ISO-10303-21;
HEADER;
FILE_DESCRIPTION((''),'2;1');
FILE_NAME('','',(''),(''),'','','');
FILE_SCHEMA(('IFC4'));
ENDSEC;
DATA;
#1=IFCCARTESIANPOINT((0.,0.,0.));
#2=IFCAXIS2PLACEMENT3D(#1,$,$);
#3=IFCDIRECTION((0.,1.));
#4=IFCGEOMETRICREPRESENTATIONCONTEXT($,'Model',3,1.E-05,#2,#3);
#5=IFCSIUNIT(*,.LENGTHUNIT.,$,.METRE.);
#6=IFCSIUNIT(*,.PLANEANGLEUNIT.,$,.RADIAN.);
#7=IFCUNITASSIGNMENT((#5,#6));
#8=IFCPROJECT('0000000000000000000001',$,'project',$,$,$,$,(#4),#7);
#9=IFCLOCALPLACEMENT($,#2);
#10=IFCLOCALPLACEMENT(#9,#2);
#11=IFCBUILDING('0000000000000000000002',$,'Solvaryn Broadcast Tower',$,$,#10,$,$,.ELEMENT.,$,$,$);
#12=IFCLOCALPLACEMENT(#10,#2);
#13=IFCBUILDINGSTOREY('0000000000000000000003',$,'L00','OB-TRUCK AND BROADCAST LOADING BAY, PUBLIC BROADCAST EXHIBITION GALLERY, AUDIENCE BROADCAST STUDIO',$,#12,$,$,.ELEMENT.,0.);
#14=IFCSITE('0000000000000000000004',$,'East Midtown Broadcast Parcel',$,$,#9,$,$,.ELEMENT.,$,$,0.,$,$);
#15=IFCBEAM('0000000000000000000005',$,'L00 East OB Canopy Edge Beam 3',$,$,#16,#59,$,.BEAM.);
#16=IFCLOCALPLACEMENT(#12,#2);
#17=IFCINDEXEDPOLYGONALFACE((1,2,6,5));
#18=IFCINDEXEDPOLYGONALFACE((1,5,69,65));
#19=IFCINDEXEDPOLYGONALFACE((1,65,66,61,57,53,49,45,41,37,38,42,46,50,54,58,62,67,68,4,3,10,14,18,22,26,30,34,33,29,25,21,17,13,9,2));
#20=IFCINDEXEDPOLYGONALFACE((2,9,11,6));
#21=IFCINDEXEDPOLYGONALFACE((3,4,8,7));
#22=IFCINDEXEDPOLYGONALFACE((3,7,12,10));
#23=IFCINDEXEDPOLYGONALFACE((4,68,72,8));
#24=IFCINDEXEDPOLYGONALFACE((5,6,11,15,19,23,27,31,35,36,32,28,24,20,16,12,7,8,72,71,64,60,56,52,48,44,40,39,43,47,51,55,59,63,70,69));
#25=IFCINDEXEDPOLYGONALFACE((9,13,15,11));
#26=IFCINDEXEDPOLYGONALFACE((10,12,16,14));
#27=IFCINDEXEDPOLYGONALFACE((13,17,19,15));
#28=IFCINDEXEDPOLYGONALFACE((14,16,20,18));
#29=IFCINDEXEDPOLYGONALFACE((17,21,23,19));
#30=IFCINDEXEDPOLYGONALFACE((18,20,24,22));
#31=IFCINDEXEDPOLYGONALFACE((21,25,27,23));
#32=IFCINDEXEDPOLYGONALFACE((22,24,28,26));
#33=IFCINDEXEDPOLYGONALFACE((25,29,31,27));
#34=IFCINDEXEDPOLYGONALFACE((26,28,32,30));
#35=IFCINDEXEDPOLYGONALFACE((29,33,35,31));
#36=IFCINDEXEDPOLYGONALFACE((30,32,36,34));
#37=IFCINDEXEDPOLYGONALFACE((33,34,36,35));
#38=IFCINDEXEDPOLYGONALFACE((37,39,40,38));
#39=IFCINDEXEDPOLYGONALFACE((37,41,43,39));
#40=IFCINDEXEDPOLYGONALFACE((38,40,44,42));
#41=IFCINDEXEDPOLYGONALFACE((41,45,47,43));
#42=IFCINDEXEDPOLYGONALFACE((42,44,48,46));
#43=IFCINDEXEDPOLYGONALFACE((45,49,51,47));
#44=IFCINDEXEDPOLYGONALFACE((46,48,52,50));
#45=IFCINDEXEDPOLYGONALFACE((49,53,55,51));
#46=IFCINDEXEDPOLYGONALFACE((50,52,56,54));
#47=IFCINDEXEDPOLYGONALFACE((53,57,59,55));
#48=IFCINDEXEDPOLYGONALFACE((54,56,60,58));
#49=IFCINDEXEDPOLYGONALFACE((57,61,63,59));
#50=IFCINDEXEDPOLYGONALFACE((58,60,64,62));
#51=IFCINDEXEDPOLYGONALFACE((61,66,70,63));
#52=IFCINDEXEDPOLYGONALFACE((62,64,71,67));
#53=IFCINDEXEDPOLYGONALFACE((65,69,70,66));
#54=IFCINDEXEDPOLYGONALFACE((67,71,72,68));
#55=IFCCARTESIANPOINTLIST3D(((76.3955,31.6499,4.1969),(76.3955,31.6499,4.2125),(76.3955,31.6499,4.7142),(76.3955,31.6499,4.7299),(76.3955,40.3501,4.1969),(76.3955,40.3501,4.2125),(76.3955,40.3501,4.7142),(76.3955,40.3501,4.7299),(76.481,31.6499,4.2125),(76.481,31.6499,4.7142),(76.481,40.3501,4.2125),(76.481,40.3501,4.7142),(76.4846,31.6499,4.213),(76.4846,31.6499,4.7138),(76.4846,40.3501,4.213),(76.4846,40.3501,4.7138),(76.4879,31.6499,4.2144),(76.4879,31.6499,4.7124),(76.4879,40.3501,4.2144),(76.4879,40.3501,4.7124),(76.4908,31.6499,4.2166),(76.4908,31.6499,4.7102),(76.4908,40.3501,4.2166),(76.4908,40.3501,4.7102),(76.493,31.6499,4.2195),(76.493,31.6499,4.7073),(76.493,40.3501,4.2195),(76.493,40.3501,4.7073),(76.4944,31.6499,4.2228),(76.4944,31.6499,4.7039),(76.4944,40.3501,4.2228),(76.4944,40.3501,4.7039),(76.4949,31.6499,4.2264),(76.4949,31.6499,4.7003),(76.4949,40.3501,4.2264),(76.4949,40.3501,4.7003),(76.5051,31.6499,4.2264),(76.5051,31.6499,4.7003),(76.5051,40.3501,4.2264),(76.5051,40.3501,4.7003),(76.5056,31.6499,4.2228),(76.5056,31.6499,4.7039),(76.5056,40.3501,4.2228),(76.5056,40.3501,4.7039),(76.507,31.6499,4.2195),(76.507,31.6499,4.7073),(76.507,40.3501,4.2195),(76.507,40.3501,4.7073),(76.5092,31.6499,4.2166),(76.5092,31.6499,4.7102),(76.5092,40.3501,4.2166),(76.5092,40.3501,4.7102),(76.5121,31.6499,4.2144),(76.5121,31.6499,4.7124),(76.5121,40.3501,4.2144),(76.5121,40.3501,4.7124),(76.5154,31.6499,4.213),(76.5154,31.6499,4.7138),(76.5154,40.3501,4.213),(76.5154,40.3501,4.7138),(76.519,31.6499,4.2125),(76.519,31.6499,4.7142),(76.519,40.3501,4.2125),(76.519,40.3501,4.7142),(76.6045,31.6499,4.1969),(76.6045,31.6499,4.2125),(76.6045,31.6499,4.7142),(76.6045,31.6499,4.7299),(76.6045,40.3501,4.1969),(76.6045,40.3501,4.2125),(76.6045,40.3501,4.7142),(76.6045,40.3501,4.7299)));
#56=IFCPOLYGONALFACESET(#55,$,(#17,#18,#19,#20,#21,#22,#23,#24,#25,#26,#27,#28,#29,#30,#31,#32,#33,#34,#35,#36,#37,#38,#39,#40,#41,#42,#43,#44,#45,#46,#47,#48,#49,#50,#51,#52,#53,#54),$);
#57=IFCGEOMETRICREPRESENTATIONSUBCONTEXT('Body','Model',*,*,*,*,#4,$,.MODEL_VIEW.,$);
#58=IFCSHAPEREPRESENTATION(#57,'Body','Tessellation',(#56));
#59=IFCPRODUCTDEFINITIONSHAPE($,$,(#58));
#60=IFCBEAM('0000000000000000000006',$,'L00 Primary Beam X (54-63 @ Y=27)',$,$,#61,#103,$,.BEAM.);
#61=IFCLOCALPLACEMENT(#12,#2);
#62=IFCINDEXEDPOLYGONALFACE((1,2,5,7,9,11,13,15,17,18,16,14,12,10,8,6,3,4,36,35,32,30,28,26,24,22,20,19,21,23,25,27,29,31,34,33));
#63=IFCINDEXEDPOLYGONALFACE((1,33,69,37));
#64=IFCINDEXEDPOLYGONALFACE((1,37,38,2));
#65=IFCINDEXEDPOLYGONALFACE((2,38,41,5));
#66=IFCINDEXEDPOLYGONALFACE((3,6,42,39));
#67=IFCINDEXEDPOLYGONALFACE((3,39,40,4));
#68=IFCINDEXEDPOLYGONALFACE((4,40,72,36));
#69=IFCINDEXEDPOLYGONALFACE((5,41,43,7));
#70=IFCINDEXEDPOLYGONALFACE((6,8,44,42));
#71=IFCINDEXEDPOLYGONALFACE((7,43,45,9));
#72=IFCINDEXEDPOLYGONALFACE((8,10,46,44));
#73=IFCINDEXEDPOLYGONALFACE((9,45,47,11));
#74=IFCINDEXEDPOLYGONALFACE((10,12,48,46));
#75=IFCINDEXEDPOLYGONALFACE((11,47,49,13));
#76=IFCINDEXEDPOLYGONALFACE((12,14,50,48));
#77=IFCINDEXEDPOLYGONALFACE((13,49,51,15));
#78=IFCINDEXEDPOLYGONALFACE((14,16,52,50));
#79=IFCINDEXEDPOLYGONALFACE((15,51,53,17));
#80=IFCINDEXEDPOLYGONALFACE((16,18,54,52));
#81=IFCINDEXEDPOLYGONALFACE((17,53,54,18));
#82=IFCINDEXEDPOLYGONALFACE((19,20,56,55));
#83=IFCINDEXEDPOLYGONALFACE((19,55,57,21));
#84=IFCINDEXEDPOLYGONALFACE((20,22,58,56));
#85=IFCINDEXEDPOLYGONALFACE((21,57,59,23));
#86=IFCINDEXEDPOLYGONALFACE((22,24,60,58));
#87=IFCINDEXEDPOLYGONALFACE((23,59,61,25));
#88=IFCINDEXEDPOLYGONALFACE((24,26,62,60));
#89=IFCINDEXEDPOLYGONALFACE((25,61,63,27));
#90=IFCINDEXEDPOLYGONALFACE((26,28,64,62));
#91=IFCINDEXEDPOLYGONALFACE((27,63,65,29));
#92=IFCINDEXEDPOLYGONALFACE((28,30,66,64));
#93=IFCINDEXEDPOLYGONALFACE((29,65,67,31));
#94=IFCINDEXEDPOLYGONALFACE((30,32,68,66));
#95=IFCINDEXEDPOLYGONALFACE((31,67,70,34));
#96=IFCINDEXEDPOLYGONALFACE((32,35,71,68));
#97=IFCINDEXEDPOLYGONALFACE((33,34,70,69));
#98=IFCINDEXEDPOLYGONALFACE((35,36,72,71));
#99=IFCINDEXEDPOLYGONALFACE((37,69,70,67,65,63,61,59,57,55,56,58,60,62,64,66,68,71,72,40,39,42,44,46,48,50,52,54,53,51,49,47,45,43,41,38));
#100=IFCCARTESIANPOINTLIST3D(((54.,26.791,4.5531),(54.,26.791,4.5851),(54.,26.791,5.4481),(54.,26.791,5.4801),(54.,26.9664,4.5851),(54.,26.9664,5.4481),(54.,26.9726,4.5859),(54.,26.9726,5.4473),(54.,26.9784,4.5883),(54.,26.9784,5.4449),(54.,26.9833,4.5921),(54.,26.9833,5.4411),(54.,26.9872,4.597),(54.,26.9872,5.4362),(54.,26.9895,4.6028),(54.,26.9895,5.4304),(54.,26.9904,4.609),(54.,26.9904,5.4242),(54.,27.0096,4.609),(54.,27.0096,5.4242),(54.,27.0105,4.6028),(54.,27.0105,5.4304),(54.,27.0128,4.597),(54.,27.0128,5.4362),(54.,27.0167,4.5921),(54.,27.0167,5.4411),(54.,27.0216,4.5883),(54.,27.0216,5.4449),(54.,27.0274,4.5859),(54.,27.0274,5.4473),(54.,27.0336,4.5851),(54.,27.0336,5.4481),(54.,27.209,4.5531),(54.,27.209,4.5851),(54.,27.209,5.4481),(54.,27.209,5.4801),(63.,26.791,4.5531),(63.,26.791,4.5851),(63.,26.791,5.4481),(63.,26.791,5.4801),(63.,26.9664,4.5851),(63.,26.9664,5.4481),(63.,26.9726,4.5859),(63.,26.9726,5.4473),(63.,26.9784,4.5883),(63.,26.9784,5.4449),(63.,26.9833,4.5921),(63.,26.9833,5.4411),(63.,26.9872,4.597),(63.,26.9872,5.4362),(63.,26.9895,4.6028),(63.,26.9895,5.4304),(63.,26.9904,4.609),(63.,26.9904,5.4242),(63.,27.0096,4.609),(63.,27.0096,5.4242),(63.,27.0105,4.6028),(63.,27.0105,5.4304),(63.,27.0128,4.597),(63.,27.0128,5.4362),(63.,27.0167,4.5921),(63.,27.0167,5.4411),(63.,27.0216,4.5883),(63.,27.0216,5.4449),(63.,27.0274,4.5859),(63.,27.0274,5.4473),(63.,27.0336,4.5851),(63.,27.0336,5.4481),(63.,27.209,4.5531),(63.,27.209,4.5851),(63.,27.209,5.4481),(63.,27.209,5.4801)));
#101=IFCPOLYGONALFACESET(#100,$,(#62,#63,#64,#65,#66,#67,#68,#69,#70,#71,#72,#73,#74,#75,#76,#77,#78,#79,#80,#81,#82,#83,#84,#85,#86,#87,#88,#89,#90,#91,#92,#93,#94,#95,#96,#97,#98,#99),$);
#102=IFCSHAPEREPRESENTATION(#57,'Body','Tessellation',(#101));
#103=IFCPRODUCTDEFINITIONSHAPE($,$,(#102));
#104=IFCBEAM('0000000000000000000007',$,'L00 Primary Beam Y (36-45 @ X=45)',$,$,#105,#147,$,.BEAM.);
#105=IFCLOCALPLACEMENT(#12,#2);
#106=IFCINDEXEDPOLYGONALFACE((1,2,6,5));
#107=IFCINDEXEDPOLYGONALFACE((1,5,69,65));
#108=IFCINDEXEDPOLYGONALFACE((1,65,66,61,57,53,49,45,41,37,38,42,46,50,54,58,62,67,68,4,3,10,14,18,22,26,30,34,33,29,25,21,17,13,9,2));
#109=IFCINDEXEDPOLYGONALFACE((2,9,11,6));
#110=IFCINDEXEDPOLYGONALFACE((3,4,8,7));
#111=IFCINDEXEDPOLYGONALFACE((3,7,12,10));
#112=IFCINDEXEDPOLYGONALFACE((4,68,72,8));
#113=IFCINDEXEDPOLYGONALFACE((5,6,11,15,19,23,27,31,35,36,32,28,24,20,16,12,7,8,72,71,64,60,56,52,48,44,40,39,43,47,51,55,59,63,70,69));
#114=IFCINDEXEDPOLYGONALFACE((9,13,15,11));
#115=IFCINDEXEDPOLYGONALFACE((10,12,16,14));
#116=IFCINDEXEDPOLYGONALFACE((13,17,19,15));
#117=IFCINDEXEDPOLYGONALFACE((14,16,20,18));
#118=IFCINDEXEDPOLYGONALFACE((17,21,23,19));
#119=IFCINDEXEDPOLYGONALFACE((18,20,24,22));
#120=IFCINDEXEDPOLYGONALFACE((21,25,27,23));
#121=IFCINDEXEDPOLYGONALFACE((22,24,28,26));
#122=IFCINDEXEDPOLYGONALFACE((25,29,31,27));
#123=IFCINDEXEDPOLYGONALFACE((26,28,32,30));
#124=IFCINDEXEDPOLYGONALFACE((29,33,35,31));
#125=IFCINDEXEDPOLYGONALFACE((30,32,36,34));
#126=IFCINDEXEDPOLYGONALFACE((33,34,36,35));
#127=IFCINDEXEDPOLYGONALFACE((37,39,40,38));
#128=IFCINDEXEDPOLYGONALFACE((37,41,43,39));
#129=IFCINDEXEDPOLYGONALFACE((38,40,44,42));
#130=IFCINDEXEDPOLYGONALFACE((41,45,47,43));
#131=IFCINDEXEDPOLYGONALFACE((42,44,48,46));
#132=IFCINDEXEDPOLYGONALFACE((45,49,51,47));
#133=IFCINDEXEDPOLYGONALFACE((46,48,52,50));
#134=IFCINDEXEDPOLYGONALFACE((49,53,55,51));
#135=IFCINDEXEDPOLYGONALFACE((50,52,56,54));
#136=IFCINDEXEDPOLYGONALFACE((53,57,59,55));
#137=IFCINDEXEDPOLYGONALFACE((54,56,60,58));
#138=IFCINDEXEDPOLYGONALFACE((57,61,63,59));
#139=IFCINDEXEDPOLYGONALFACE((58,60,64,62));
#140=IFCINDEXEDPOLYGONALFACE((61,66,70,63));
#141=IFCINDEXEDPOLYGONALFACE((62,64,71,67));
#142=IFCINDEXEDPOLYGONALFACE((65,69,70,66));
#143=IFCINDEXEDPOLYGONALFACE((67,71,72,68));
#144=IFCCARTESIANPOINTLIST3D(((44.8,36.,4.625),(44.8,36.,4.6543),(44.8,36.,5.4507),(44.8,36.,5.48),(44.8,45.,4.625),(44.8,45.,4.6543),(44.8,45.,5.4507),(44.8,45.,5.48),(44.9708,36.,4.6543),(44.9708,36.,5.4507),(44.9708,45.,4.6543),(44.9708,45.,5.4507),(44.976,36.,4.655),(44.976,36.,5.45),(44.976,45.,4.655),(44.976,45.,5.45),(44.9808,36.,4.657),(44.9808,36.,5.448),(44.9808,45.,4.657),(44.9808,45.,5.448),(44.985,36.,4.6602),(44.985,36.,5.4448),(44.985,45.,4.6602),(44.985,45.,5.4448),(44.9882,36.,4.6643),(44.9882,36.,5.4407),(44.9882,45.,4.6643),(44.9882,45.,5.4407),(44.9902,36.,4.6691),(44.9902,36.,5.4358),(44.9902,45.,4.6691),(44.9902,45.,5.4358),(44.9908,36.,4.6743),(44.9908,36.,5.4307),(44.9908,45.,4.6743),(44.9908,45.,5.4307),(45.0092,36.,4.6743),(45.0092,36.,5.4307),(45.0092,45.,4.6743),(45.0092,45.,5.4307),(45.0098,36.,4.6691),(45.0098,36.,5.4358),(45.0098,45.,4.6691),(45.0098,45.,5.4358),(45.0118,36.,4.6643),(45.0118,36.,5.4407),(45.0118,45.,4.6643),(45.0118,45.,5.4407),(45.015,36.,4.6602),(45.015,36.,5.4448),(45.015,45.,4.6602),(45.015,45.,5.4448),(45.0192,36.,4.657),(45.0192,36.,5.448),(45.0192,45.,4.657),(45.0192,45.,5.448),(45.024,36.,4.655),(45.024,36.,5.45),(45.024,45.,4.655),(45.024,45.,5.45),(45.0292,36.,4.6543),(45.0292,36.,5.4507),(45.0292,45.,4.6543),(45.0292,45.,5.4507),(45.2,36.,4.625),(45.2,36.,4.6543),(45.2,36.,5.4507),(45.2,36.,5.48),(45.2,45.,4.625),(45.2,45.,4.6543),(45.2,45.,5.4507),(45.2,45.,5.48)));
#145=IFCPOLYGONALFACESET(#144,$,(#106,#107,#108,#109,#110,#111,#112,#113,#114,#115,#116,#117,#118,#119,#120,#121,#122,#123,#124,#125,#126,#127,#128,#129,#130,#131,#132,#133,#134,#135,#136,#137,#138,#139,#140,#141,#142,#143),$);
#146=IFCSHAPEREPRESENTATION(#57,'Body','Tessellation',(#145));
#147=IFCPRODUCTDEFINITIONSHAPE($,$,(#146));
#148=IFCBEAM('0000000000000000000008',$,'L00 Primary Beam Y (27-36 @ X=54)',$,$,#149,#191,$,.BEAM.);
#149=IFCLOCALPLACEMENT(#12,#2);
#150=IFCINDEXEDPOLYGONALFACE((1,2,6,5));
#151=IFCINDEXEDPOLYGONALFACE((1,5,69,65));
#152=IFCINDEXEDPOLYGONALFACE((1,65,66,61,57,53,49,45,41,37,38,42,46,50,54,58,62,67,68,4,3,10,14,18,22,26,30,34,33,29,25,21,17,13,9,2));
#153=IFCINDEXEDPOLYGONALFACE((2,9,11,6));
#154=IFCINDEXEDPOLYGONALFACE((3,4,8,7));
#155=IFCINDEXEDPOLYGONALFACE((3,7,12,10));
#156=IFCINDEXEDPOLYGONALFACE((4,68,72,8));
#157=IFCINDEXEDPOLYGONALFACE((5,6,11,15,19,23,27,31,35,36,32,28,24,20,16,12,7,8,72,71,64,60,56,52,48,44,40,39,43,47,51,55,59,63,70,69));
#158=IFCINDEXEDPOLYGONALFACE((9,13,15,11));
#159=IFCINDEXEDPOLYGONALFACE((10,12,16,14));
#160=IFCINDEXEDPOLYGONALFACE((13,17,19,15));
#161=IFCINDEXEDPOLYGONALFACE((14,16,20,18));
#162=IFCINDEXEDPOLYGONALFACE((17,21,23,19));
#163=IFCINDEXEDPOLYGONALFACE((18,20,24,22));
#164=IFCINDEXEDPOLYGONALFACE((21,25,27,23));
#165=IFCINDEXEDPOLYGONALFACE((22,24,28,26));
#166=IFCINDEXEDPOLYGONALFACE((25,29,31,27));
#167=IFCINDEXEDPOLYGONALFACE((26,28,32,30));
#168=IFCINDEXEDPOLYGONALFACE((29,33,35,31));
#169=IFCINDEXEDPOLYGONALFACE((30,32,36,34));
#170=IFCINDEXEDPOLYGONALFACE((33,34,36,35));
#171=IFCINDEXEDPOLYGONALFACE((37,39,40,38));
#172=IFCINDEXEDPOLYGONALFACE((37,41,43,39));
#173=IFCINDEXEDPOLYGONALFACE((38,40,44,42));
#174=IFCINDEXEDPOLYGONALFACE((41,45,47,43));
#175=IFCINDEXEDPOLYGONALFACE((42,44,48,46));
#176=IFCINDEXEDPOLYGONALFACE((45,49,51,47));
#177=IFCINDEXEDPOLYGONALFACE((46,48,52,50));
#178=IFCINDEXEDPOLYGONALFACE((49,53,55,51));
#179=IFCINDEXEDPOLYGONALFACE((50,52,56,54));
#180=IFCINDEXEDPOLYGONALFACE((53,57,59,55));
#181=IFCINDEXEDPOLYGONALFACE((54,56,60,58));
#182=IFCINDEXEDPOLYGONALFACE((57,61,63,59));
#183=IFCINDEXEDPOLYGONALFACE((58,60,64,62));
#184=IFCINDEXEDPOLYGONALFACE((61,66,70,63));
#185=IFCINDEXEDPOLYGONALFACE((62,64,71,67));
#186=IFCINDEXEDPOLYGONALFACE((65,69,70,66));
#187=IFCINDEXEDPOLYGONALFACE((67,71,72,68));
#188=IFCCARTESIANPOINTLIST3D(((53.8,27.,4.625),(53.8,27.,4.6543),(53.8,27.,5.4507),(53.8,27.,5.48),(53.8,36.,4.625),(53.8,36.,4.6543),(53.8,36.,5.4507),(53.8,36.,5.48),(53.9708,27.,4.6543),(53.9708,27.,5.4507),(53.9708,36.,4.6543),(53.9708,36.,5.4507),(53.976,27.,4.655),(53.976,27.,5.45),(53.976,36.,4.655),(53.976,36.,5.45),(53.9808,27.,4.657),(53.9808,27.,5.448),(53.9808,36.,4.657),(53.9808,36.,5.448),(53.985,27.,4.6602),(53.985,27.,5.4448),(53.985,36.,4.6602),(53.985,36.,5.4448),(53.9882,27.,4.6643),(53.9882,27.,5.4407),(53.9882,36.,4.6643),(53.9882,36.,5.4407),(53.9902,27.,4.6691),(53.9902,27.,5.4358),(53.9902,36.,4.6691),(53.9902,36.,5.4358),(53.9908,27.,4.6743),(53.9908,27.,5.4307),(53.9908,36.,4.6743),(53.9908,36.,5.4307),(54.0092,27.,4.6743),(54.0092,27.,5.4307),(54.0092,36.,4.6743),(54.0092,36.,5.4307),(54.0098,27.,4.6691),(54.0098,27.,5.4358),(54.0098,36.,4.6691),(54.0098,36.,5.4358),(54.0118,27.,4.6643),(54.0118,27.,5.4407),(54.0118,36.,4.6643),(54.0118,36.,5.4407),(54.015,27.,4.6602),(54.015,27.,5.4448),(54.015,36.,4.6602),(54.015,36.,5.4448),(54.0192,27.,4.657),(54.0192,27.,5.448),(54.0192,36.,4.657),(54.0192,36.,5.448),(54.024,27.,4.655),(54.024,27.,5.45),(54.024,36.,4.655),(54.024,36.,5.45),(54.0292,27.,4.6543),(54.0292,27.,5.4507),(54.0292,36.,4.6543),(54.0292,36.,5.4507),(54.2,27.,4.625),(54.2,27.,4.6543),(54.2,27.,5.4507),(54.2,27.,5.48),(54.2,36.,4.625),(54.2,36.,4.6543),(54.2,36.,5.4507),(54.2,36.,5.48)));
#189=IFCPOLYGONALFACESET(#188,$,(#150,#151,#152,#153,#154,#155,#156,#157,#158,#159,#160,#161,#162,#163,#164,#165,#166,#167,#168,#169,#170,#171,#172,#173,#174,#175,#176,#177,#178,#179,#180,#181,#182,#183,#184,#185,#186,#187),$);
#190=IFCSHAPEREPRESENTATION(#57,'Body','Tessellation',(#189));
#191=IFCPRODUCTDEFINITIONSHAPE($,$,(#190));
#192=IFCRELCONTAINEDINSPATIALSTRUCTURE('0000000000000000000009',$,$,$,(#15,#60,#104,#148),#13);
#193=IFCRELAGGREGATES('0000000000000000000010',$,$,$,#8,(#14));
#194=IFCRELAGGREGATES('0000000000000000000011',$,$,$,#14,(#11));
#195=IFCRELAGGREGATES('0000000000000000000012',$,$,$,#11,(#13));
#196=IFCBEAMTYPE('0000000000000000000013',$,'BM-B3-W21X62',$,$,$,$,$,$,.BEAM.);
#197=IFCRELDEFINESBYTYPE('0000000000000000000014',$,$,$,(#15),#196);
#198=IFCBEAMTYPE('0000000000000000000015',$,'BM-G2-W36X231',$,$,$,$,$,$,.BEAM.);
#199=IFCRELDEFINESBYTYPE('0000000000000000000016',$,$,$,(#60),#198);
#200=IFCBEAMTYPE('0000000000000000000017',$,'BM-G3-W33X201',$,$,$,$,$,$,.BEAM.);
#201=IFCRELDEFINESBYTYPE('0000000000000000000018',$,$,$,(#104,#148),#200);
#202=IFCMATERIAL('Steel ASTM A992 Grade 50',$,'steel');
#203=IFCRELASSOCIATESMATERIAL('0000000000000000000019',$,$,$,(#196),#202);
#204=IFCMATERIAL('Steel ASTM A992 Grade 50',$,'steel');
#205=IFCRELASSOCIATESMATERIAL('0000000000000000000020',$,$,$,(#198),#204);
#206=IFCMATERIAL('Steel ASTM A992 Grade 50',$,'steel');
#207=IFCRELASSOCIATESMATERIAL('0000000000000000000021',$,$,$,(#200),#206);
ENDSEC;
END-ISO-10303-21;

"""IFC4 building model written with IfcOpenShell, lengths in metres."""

from ifc_helpers import new_model, si_unit, direction, frame, origin, origin_2d, place, context, subcontext, project, spatial, i_section, extrude, material, material_profile, profile_set, type_object, element, save


model = new_model("IFC4")

# Units and contexts
model_context = context("Model", 3, precision=1e-05, world=origin(), true_north=direction((0.0, 1.0)))
body_context = subcontext(model_context, "Body", "Model", "MODEL_VIEW")
ifc_project = project(units=[si_unit("LENGTHUNIT", "METRE"), si_unit("PLANEANGLEUNIT", "RADIAN")], contexts=[model_context])

# Site, building, storey
site_placement = place(None, origin())
site = spatial("IfcSite", under=ifc_project, at=site_placement, Name="East Midtown Broadcast Parcel", CompositionType="ELEMENT", RefElevation=0.0)
building_placement = place(site_placement, origin())
building = spatial("IfcBuilding", under=site, at=building_placement, Name="Solvaryn Broadcast Tower", CompositionType="ELEMENT")
storey_placement = place(building_placement, origin())
storey = spatial("IfcBuildingStorey", under=building, at=storey_placement, Name="L00", Description="OB-TRUCK AND BROADCAST LOADING BAY, PUBLIC BROADCAST EXHIBITION GALLERY, AUDIENCE BROADCAST STUDIO", CompositionType="ELEMENT", Elevation=0.0)

# Beams
ifc_material_1 = material(Name="Steel ASTM A992 Grade 50", Category="steel")
ifc_material_profile_1 = material_profile(ifc_material_1, i_section(OverallWidth=0.209, OverallDepth=0.533, WebThickness=0.0103, FlangeThickness=0.0156, FilletRadius=0.0139, at=origin_2d()))
ifc_profile_set_1 = profile_set([ifc_material_profile_1], Name="Steel ASTM A992 Grade 50")
beam_type_1 = type_object("IfcBeamType", Name="BM-B3-W21X62", PredefinedType="BEAM", material=ifc_profile_set_1)
for number, where, z_axis, x_axis, name in (
    (1, (76.5, 31.6499, 4.4634), (0.0, 1.0, 0.0), (-1.0, 0.0, 0.0), "L00 East OB Canopy Edge Beam 3"),
):
    element("IfcBeam", number, at=place(storey_placement, frame(where, z_axis=z_axis, x_axis=x_axis)), inside=storey, type_object=beam_type_1, Name=name, PredefinedType="BEAM", context=body_context, shape_type="SweptSolid", body=[
        extrude(i_section(OverallWidth=0.209, OverallDepth=0.533, WebThickness=0.0103, FlangeThickness=0.0156, FilletRadius=0.0139, at=origin_2d()), origin(), (0.0, 0.0, 1.0), 8.7002),
    ])
ifc_material_2 = material(Name="Steel ASTM A992 Grade 50", Category="steel")
ifc_material_profile_2 = material_profile(ifc_material_2, i_section(OverallWidth=0.418, OverallDepth=0.927, WebThickness=0.0193, FlangeThickness=0.032, FilletRadius=0.0239, at=origin_2d()))
ifc_profile_set_2 = profile_set([ifc_material_profile_2], Name="Steel ASTM A992 Grade 50")
beam_type_2 = type_object("IfcBeamType", Name="BM-G2-W36X231", PredefinedType="BEAM", material=ifc_profile_set_2)
beam_1_placement = place(storey_placement, frame((54.0, 27.0, 5.0166), z_axis=(1.0, 0.0, 0.0), x_axis=(0.0, 1.0, 0.0)))
element("IfcBeam", 2, at=beam_1_placement, inside=storey, type_object=beam_type_2, Name="L00 Primary Beam X (54-63 @ Y=27)", PredefinedType="BEAM", context=body_context, shape_type="SweptSolid", body=[
    extrude(i_section(OverallWidth=0.418, OverallDepth=0.927, WebThickness=0.0193, FlangeThickness=0.032, FilletRadius=0.0239, at=origin_2d()), origin(), (0.0, 0.0, 1.0), 9.0),
])
ifc_material_3 = material(Name="Steel ASTM A992 Grade 50", Category="steel")
ifc_material_profile_3 = material_profile(ifc_material_3, i_section(OverallWidth=0.3999, OverallDepth=0.855, WebThickness=0.0183, FlangeThickness=0.0293, FilletRadius=0.02, at=origin_2d()))
ifc_profile_set_3 = profile_set([ifc_material_profile_3], Name="Steel ASTM A992 Grade 50")
beam_type_3 = type_object("IfcBeamType", Name="BM-G3-W33X201", PredefinedType="BEAM", material=ifc_profile_set_3)
for number, where, z_axis, x_axis, name in (
    (3, (45.0, 36.0, 5.0525), (0.0, 1.0, 0.0), (-1.0, 0.0, 0.0), "L00 Primary Beam Y (36-45 @ X=45)"),
    (4, (54.0, 27.0, 5.0525), (0.0, 1.0, 0.0), (-1.0, 0.0, 0.0), "L00 Primary Beam Y (27-36 @ X=54)"),
):
    element("IfcBeam", number, at=place(storey_placement, frame(where, z_axis=z_axis, x_axis=x_axis)), inside=storey, type_object=beam_type_3, Name=name, PredefinedType="BEAM", context=body_context, shape_type="SweptSolid", body=[
        extrude(i_section(OverallWidth=0.3999, OverallDepth=0.855, WebThickness=0.0183, FlangeThickness=0.0293, FilletRadius=0.02, at=origin_2d()), origin(), (0.0, 0.0, 1.0), 9.0),
    ])

save(model, "model.ifc")
